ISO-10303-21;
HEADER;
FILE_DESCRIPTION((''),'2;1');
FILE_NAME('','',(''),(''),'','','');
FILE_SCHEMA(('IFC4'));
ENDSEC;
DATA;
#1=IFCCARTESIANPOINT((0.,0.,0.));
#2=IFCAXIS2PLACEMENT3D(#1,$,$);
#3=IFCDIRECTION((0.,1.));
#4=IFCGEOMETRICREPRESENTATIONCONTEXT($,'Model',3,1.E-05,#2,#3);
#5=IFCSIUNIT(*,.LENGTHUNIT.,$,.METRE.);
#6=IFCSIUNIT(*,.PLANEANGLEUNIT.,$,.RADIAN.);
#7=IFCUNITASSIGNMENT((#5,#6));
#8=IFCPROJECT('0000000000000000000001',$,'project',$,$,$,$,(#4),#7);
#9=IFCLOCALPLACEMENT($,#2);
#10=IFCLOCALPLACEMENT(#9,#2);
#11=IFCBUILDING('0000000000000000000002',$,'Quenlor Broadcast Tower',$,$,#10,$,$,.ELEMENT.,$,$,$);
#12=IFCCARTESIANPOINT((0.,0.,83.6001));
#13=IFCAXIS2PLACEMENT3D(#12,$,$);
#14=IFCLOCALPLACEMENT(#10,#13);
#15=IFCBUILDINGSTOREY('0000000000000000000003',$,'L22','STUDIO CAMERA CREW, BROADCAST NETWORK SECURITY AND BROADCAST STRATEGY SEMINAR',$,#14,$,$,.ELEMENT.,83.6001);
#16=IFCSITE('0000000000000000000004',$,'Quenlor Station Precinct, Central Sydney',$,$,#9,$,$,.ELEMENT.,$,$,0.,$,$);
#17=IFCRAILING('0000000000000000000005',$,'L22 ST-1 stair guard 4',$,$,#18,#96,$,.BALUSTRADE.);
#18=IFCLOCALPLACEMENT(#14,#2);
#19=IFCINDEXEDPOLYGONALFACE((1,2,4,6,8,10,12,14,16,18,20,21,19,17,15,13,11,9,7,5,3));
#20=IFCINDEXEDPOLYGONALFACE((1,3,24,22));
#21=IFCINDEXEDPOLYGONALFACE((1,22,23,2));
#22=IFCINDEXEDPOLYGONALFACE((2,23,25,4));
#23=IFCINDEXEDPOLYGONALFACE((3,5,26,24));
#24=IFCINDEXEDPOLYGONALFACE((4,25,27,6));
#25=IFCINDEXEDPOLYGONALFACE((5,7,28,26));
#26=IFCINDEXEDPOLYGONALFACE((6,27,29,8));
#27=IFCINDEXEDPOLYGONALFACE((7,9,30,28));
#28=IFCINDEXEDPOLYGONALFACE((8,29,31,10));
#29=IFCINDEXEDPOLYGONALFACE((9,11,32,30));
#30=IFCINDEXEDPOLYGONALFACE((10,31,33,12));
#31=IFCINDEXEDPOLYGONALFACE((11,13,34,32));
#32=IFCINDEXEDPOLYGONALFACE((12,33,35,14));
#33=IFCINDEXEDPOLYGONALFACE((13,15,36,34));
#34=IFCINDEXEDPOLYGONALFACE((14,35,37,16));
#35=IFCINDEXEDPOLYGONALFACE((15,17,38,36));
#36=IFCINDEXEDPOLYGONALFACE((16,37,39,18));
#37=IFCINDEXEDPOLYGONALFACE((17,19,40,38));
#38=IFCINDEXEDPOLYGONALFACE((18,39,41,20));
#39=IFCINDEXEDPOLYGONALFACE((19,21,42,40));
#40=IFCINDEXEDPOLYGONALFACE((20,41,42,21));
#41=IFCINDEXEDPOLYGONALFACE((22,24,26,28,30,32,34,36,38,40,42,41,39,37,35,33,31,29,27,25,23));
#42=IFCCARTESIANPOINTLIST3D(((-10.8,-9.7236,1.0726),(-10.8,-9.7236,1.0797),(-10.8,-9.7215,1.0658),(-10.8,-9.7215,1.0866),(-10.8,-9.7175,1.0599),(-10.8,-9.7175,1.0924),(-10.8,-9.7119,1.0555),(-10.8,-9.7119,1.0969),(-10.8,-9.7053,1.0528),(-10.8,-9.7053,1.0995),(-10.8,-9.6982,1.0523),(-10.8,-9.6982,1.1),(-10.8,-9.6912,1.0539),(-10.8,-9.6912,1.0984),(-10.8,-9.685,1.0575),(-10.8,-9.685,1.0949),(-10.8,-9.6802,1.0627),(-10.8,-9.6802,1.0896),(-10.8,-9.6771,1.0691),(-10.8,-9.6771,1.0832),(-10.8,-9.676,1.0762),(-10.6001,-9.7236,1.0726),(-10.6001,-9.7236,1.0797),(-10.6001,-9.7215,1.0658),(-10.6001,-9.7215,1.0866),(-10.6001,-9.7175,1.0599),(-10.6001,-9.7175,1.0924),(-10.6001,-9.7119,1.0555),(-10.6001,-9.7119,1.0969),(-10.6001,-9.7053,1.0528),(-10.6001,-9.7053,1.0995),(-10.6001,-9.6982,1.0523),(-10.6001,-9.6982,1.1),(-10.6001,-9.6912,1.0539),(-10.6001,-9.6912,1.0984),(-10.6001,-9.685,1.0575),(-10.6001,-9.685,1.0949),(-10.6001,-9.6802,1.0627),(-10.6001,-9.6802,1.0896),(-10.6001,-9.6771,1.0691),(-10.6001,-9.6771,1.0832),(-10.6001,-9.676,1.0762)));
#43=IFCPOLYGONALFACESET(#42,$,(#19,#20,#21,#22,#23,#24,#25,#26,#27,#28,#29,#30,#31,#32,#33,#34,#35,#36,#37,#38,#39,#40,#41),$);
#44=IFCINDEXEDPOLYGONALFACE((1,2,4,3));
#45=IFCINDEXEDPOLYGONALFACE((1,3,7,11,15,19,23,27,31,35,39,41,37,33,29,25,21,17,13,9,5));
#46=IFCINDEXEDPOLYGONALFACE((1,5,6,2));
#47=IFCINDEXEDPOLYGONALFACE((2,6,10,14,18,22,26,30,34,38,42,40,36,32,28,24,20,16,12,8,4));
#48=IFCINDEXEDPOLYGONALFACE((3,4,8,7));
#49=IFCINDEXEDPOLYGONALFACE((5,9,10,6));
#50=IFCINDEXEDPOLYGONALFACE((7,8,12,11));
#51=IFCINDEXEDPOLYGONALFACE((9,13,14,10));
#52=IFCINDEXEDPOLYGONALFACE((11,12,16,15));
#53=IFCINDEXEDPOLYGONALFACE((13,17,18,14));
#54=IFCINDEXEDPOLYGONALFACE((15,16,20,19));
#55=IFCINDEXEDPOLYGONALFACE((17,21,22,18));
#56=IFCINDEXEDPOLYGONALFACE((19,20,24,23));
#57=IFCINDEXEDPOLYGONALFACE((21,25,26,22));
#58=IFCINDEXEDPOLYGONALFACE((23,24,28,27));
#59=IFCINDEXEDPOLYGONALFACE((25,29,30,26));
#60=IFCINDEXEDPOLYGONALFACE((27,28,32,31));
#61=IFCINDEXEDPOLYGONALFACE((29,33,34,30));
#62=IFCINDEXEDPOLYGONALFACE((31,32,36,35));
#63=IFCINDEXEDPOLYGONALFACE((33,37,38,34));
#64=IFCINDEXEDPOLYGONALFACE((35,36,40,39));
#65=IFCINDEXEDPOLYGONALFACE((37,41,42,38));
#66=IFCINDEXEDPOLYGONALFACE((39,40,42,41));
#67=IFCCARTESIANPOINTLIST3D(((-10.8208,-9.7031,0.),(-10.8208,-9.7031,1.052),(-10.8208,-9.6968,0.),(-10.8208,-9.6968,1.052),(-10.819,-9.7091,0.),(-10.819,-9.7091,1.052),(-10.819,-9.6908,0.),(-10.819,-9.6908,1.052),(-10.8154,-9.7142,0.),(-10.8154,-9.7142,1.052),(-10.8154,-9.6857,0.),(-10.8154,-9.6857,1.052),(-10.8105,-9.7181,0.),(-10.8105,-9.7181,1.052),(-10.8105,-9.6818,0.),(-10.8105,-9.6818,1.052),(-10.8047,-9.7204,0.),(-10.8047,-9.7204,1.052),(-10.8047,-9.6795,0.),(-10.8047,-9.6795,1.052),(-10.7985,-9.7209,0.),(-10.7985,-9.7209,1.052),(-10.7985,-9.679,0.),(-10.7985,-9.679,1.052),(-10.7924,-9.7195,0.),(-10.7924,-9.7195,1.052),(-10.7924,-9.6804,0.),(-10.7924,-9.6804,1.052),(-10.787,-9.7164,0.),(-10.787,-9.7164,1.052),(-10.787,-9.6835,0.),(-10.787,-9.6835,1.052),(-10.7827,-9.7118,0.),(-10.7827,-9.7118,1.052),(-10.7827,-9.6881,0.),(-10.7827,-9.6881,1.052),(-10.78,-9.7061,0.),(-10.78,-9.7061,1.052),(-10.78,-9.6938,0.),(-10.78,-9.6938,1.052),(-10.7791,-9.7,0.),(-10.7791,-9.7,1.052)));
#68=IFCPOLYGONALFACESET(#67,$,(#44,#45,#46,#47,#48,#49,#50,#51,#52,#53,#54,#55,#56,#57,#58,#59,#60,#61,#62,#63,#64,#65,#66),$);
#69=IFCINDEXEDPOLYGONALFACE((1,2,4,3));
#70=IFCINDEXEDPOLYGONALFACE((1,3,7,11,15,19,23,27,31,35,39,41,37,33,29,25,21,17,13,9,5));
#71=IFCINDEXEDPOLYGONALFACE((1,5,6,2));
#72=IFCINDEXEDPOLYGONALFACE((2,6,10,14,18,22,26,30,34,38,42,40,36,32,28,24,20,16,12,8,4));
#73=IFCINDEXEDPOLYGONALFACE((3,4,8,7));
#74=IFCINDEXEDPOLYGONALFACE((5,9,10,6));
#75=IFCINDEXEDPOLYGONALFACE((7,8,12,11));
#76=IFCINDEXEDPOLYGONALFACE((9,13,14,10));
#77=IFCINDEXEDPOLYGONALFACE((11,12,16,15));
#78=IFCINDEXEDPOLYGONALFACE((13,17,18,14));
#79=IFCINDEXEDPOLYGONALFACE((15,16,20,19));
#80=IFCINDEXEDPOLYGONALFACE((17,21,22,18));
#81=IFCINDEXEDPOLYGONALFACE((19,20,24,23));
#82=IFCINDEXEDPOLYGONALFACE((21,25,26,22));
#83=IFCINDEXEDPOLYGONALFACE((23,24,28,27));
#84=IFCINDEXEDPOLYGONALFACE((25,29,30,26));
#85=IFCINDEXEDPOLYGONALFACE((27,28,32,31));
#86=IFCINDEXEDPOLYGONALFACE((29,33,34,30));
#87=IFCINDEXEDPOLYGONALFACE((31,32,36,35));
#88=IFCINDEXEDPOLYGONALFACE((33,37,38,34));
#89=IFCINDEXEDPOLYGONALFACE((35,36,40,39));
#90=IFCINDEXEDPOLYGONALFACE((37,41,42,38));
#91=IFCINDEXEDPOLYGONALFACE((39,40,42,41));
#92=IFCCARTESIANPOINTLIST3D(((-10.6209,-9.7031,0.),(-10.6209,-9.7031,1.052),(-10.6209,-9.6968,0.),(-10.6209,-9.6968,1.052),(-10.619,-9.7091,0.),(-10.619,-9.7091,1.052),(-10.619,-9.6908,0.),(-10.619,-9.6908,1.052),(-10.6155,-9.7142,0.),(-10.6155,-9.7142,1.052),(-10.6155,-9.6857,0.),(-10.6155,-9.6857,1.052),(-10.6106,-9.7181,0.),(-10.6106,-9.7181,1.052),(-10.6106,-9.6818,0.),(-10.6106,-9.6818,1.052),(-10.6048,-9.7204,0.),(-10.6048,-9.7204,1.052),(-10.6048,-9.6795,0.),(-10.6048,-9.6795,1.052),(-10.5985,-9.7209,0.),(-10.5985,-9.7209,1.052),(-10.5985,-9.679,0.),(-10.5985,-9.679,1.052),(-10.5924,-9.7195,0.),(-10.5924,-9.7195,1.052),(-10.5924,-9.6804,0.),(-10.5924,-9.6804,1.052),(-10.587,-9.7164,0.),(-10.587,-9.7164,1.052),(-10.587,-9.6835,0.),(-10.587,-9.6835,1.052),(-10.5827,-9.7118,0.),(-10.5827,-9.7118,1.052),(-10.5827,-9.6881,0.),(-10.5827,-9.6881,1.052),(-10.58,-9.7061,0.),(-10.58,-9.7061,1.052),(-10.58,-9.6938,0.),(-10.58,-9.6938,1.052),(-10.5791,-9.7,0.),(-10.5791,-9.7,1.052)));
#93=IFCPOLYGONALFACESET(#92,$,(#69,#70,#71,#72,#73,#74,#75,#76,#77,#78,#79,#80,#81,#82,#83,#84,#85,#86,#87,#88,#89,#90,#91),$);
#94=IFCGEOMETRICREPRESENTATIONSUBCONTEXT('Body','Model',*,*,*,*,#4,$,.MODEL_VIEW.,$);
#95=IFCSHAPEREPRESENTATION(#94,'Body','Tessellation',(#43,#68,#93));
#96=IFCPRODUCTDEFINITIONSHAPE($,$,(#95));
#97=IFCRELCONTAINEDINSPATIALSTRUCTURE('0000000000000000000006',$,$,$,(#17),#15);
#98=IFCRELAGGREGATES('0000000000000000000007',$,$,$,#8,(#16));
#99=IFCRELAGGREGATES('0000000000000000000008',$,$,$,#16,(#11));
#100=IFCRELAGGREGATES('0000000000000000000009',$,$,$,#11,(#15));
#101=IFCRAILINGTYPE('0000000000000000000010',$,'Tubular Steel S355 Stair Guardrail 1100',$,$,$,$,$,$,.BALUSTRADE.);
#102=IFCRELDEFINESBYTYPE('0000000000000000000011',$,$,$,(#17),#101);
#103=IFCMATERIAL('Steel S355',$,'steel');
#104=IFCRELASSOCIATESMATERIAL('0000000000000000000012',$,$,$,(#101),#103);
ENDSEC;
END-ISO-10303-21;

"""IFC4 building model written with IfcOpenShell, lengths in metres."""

from ifc_helpers import new_model, si_unit, direction, frame, origin, origin_2d, place, context, subcontext, project, spatial, circle, extrude, material, type_object, element, save


model = new_model("IFC4")

# Units and contexts
model_context = context("Model", 3, precision=1e-05, world=origin(), true_north=direction((0.0, 1.0)))
body_context = subcontext(model_context, "Body", "Model", "MODEL_VIEW")
ifc_project = project(units=[si_unit("LENGTHUNIT", "METRE"), si_unit("PLANEANGLEUNIT", "RADIAN")], contexts=[model_context])

# Site, building, storey
site_placement = place(None, origin())
site = spatial("IfcSite", under=ifc_project, at=site_placement, Name="Quenlor Station Precinct, Central Sydney", CompositionType="ELEMENT", RefElevation=0.0)
building_placement = place(site_placement, origin())
building = spatial("IfcBuilding", under=site, at=building_placement, Name="Quenlor Broadcast Tower", CompositionType="ELEMENT")
storey_placement = place(building_placement, frame((0.0, 0.0, 83.6001)))
storey = spatial("IfcBuildingStorey", under=building, at=storey_placement, Name="L22", Description="STUDIO CAMERA CREW, BROADCAST NETWORK SECURITY AND BROADCAST STRATEGY SEMINAR", CompositionType="ELEMENT", Elevation=83.6001)

# Railing
ifc_material_1 = material(Name="Steel S355", Category="steel")
railing_type_1 = type_object("IfcRailingType", Name="Tubular Steel S355 Stair Guardrail 1100", PredefinedType="BALUSTRADE", material=ifc_material_1)
railing_1_placement = place(storey_placement, frame((-10.8, -9.7, 0.0)))
element("IfcRailing", 1, at=railing_1_placement, inside=storey, type_object=railing_type_1, Name="L22 ST-1 stair guard 4", PredefinedType="BALUSTRADE", context=body_context, shape_type="SweptSolid", body=[
    extrude(circle(Radius=0.0239, at=origin_2d()), frame((0.0, 0.0, 1.0762), z_axis=(1.0, 0.0, 0.0), x_axis=(0.0, 1.0, 0.0)), (0.0, 0.0, 1.0), 0.2),
    extrude(circle(Radius=0.021, at=origin_2d()), origin(), (0.0, 0.0, 1.0), 1.052),
    extrude(circle(Radius=0.021, at=origin_2d()), frame((0.2, 0.0, 0.0)), (0.0, 0.0, 1.0), 1.052),
])

save(model, "model.ifc")
